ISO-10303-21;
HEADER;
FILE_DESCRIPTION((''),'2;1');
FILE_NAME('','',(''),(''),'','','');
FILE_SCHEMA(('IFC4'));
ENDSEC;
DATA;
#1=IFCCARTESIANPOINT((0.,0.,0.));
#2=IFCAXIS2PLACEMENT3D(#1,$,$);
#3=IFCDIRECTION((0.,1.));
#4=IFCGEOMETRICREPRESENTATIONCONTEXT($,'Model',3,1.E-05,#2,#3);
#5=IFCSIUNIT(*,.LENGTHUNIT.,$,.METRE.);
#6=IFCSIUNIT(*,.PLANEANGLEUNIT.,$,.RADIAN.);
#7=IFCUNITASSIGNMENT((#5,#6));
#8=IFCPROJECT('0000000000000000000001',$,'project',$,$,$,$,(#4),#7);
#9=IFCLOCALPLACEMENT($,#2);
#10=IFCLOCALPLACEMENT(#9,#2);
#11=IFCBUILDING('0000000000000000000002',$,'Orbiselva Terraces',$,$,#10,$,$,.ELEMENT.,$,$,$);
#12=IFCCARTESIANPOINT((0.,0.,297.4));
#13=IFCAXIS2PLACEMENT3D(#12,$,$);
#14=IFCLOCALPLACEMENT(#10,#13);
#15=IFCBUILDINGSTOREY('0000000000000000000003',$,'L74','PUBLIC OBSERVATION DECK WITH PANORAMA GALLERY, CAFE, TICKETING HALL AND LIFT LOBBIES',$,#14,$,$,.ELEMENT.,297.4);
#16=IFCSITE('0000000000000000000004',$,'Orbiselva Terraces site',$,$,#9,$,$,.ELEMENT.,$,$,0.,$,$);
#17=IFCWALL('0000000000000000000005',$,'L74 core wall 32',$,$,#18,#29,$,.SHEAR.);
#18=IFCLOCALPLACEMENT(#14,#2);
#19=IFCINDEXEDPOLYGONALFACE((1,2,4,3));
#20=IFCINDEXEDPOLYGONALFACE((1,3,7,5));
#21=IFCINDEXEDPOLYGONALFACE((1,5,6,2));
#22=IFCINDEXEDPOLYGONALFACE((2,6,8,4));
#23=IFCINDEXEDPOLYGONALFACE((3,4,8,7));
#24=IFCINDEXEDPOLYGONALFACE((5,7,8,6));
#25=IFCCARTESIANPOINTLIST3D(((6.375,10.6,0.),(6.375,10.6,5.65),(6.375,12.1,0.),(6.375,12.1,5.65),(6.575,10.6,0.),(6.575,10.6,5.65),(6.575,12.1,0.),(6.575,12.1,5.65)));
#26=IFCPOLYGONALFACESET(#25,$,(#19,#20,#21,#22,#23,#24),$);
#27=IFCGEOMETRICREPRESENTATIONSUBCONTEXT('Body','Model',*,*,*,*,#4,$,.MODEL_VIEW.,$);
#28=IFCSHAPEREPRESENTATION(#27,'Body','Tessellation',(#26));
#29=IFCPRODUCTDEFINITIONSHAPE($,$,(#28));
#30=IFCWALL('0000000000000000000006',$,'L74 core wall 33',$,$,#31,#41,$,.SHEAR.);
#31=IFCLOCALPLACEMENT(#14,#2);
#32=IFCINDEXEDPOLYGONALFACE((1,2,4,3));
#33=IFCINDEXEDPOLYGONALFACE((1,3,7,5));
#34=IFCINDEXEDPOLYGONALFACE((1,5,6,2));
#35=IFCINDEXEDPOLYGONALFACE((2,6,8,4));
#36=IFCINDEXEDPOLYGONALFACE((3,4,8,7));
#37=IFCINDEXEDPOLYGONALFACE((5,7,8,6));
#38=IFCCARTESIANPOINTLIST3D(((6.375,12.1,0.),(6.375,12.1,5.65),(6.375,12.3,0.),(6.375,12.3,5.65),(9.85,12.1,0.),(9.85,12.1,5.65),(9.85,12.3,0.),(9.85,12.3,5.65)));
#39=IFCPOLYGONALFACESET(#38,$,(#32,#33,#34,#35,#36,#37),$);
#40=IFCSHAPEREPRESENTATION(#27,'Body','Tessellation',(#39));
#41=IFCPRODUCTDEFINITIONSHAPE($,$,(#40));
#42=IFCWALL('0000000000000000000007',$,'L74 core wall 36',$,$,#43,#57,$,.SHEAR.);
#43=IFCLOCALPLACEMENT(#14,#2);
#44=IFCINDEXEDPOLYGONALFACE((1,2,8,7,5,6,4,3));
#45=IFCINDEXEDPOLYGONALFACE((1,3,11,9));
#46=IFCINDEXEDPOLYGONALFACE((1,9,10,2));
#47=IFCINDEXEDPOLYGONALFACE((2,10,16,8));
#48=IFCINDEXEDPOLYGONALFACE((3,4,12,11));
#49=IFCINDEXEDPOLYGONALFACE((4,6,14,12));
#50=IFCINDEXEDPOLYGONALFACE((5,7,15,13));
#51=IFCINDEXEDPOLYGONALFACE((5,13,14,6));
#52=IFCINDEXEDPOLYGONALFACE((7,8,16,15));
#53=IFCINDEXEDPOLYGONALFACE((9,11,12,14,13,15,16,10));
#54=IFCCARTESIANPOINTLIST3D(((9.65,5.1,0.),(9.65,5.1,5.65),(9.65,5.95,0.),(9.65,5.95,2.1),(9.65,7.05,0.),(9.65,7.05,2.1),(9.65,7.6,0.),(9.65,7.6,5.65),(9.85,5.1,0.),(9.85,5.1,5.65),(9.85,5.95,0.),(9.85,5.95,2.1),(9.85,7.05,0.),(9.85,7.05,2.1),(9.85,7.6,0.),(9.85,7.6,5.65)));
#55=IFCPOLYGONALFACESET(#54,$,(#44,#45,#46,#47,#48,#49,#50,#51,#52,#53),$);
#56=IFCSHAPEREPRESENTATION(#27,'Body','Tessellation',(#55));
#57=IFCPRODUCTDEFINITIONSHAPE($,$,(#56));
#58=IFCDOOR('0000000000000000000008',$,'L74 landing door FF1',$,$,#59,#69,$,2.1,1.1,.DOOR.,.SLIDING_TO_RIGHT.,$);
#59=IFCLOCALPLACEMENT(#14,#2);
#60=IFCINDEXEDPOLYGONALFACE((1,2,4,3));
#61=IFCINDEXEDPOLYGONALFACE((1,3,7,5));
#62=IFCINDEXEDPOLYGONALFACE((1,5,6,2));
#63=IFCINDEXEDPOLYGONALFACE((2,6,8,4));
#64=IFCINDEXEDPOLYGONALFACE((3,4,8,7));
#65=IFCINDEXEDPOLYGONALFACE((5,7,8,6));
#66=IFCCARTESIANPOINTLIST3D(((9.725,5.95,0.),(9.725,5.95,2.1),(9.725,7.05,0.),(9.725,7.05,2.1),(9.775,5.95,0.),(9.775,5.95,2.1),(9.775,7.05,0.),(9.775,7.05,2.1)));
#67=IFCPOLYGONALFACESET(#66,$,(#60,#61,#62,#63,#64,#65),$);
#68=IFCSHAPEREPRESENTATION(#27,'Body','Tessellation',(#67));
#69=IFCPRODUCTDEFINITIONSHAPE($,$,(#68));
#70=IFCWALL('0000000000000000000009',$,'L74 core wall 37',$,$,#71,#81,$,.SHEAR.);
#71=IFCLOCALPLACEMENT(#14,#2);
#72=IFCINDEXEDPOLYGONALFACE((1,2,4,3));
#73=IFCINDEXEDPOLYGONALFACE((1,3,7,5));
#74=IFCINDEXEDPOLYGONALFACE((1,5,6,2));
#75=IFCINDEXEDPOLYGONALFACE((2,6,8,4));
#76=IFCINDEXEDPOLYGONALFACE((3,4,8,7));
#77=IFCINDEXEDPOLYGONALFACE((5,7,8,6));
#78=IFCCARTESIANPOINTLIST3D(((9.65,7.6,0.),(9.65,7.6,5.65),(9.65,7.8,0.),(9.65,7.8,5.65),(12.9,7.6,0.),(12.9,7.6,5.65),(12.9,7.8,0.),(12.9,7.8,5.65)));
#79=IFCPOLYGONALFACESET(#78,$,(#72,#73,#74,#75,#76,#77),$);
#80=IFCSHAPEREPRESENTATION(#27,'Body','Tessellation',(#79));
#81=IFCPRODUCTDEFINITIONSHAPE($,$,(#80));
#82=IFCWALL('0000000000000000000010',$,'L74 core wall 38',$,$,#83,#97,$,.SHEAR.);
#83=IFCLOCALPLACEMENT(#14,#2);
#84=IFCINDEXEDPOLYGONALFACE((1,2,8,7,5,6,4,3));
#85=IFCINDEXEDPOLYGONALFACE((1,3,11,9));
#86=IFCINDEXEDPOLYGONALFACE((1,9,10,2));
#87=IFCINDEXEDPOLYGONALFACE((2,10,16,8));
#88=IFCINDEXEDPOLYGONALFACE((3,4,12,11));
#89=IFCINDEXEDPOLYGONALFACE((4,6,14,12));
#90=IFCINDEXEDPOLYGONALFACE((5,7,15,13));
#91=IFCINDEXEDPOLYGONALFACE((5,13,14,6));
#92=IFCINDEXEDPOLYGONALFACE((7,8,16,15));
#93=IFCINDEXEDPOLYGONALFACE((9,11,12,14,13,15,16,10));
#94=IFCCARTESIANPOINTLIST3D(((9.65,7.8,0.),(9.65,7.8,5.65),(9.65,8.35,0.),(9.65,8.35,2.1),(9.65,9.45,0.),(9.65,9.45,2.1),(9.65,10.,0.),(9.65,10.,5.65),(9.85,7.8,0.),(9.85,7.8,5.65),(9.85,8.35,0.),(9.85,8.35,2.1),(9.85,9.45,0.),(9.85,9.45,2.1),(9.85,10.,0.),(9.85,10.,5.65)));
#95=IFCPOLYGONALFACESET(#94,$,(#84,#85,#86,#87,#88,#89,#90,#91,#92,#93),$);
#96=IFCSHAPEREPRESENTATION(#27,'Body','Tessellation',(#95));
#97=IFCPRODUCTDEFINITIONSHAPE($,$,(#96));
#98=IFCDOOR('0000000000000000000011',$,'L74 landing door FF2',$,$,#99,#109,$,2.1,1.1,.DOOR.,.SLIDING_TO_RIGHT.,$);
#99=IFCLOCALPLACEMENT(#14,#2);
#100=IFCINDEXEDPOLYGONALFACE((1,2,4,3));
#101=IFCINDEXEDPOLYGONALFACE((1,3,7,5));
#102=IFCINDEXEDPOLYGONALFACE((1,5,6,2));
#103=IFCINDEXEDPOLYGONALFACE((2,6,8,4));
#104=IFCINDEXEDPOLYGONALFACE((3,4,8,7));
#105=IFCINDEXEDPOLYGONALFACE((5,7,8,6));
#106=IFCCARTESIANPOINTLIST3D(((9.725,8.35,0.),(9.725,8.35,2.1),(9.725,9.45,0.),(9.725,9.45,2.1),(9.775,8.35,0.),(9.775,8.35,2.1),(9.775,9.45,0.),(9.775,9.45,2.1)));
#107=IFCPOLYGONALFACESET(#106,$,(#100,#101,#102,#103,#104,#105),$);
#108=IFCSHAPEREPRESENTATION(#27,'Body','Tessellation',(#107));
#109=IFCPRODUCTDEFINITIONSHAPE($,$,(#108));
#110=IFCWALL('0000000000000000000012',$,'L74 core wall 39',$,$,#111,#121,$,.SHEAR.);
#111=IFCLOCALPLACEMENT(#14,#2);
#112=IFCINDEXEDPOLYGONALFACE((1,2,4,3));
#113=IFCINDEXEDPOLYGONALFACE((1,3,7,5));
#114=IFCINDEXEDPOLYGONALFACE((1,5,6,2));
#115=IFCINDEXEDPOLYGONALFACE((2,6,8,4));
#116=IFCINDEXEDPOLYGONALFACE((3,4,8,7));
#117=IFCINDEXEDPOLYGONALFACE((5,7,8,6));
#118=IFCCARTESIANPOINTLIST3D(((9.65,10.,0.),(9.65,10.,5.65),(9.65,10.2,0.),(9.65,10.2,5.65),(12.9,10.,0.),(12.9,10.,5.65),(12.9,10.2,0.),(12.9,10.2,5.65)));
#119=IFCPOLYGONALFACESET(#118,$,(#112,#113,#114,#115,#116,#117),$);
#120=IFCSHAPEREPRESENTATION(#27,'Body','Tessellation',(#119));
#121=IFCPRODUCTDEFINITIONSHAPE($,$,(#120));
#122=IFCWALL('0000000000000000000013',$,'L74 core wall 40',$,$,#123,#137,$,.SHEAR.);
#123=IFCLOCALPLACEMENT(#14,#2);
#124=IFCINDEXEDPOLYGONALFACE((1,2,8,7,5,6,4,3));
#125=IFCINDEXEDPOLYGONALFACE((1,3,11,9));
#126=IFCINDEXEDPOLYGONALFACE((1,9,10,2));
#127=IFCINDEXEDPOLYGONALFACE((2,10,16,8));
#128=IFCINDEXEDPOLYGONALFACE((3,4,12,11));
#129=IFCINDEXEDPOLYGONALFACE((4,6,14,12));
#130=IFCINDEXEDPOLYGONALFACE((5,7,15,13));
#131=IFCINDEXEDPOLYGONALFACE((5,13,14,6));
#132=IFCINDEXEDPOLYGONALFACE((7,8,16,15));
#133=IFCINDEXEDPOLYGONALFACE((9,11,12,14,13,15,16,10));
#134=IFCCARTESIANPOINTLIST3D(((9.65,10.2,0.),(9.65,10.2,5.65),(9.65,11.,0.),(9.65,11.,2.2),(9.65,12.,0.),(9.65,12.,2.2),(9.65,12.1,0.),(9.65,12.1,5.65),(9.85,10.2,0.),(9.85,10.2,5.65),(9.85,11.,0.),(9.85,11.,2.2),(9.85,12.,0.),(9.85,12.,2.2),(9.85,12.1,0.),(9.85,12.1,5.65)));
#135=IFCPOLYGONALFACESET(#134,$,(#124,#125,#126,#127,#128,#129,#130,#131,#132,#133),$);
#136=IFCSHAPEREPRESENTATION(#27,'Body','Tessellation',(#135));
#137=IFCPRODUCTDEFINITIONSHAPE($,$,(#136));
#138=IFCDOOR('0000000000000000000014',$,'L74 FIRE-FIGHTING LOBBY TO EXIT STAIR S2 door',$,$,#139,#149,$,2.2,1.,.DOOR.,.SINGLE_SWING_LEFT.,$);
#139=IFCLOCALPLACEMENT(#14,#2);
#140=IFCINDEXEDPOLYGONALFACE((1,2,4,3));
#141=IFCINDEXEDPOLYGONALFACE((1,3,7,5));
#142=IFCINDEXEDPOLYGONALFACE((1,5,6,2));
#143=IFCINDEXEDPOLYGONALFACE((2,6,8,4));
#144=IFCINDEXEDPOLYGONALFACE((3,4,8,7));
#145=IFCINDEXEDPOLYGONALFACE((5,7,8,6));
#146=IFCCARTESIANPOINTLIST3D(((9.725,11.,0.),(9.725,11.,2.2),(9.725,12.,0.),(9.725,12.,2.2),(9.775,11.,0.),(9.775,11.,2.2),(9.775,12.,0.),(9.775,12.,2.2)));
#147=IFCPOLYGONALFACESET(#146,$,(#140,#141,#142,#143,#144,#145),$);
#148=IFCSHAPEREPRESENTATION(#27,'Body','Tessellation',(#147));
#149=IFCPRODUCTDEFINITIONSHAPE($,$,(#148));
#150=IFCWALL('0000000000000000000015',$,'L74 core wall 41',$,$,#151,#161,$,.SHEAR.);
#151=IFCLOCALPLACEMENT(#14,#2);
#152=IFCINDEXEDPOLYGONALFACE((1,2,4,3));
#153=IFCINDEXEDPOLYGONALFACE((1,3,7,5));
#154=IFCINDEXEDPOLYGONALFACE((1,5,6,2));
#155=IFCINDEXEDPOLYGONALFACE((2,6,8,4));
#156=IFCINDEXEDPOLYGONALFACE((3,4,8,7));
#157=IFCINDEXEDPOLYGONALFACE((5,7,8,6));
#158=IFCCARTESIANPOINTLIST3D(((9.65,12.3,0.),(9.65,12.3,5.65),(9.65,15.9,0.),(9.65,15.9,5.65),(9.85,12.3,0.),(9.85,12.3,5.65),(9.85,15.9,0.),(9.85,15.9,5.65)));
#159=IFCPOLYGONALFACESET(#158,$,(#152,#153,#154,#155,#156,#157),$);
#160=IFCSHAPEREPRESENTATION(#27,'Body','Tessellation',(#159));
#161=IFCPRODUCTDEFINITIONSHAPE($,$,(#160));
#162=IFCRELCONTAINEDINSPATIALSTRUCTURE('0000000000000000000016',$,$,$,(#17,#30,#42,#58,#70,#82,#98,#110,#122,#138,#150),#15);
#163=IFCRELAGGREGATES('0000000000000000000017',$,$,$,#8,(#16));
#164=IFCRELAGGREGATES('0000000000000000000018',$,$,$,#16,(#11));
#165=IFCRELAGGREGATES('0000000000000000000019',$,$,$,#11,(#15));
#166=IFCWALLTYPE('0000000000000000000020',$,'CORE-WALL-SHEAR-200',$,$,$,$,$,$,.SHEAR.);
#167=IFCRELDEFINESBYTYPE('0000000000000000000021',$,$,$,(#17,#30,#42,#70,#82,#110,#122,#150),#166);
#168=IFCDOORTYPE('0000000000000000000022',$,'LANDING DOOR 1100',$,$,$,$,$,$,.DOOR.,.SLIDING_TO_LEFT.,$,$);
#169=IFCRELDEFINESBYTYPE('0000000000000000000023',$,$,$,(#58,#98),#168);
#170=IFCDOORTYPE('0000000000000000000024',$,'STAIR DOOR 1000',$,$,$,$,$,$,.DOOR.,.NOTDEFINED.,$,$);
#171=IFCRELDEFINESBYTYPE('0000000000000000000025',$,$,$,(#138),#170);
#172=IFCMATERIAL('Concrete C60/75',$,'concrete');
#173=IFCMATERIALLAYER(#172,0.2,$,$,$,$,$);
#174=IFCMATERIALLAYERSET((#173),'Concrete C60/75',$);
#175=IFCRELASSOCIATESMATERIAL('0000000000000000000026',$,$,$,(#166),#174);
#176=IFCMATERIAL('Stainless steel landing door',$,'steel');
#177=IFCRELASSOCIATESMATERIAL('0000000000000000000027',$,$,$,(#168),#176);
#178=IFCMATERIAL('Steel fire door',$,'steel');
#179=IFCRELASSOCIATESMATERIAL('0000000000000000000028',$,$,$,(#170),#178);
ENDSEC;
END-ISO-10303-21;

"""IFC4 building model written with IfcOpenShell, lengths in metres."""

from ifc_helpers import new_model, si_unit, direction, frame, frame_2d, origin, place, context, subcontext, project, spatial, rectangle, extrude, material, layer, layer_set, type_object, element, fill, save


model = new_model("IFC4")

# Units and contexts
model_context = context("Model", 3, precision=1e-05, world=origin(), true_north=direction((0.0, 1.0)))
body_context = subcontext(model_context, "Body", "Model", "MODEL_VIEW")
ifc_project = project(units=[si_unit("LENGTHUNIT", "METRE"), si_unit("PLANEANGLEUNIT", "RADIAN")], contexts=[model_context])

# Site, building, storey
site_placement = place(None, origin())
site = spatial("IfcSite", under=ifc_project, at=site_placement, Name="Orbiselva Terraces site", CompositionType="ELEMENT", RefElevation=0.0)
building_placement = place(site_placement, origin())
building = spatial("IfcBuilding", under=site, at=building_placement, Name="Orbiselva Terraces", CompositionType="ELEMENT")
storey_placement = place(building_placement, frame((0.0, 0.0, 297.4)))
storey = spatial("IfcBuildingStorey", under=building, at=storey_placement, Name="L74", Description="PUBLIC OBSERVATION DECK WITH PANORAMA GALLERY, CAFE, TICKETING HALL AND LIFT LOBBIES", CompositionType="ELEMENT", Elevation=297.4)

# Shared definitions
ifc_material_1 = material(Name="Steel fire door", Category="steel")

# Walls
ifc_material_2 = material(Name="Concrete C60/75", Category="concrete")
ifc_layer_1 = layer(ifc_material_2, 0.2)
ifc_layer_set_1 = layer_set([ifc_layer_1], Name="Concrete C60/75")
wall_type_1 = type_object("IfcWallType", Name="CORE-WALL-SHEAR-200", PredefinedType="SHEAR", material=ifc_layer_set_1)
wall_1_placement = place(storey_placement, frame((6.475, 10.6, 0.0), z_axis=(0.0, 0.0, 1.0), x_axis=(0.0, 1.0, 0.0)))
element("IfcWall", 1, at=wall_1_placement, inside=storey, type_object=wall_type_1, Name="L74 core wall 32", PredefinedType="SHEAR", context=body_context, shape_type="SweptSolid", body=[
    extrude(rectangle(XDim=1.5, YDim=0.2, at=frame_2d((0.75, 0.0))), origin(), (0.0, 0.0, 1.0), 5.65),
])
wall_2_placement = place(storey_placement, frame((6.375, 12.2, 0.0), z_axis=(0.0, 0.0, 1.0), x_axis=(1.0, 0.0, 0.0)))
element("IfcWall", 2, at=wall_2_placement, inside=storey, type_object=wall_type_1, Name="L74 core wall 33", PredefinedType="SHEAR", context=body_context, shape_type="SweptSolid", body=[
    extrude(rectangle(XDim=3.475, YDim=0.2, at=frame_2d((1.7375, 0.0))), origin(), (0.0, 0.0, 1.0), 5.65),
])

# Wall, opening, door
wall_3_placement = place(storey_placement, frame((9.75, 5.1, 0.0), z_axis=(0.0, 0.0, 1.0), x_axis=(0.0, 1.0, 0.0)))
wall_3 = element("IfcWall", 3, at=wall_3_placement, inside=storey, type_object=wall_type_1, Name="L74 core wall 36", PredefinedType="SHEAR", context=body_context, shape_type="SweptSolid", body=[
    extrude(rectangle(XDim=2.5, YDim=0.2, at=frame_2d((1.25, 0.0))), origin(), (0.0, 0.0, 1.0), 5.65),
])
opening_1_placement = place(wall_3_placement, frame((0.85, 0.0, 0.0)))
opening_1 = element("IfcOpeningElement", 4, at=opening_1_placement, cuts=wall_3, PredefinedType="OPENING", context=body_context, shape_type="SweptSolid", body=[
    extrude(rectangle(XDim=1.1, YDim=2.1, at=frame_2d((0.55, 1.05))), frame((0.0, 0.11, 0.0), z_axis=(0.0, -1.0, 0.0), x_axis=(1.0, 0.0, 0.0)), (0.0, 0.0, 1.0), 0.22),
])
ifc_material_3 = material(Name="Stainless steel landing door", Category="steel")
door_type_1 = type_object("IfcDoorType", Name="LANDING DOOR 1100", OperationType="SLIDING_TO_LEFT", PredefinedType="DOOR", material=ifc_material_3)
door_1_placement = place(opening_1_placement, origin())
door_1 = element("IfcDoor", 5, at=door_1_placement, inside=storey, type_object=door_type_1, Name="L74 landing door FF1", OperationType="SLIDING_TO_RIGHT", OverallHeight=2.1, OverallWidth=1.1, PredefinedType="DOOR", context=body_context, shape_type="SweptSolid", body=[
    extrude(rectangle(XDim=1.1, YDim=2.1, at=frame_2d((0.55, 1.05))), frame((0.0, 0.025, 0.0), z_axis=(0.0, -1.0, 0.0), x_axis=(1.0, 0.0, 0.0)), (0.0, 0.0, 1.0), 0.05),
])
fill(opening_1, door_1)

# Wall
wall_4_placement = place(storey_placement, frame((9.65, 7.7, 0.0), z_axis=(0.0, 0.0, 1.0), x_axis=(1.0, 0.0, 0.0)))
element("IfcWall", 6, at=wall_4_placement, inside=storey, type_object=wall_type_1, Name="L74 core wall 37", PredefinedType="SHEAR", context=body_context, shape_type="SweptSolid", body=[
    extrude(rectangle(XDim=3.25, YDim=0.2, at=frame_2d((1.625, 0.0))), origin(), (0.0, 0.0, 1.0), 5.65),
])

# Wall, opening, door
wall_5_placement = place(storey_placement, frame((9.75, 7.8, 0.0), z_axis=(0.0, 0.0, 1.0), x_axis=(0.0, 1.0, 0.0)))
wall_5 = element("IfcWall", 7, at=wall_5_placement, inside=storey, type_object=wall_type_1, Name="L74 core wall 38", PredefinedType="SHEAR", context=body_context, shape_type="SweptSolid", body=[
    extrude(rectangle(XDim=2.2, YDim=0.2, at=frame_2d((1.1, 0.0))), origin(), (0.0, 0.0, 1.0), 5.65),
])
opening_2_placement = place(wall_5_placement, frame((0.55, 0.0, 0.0)))
opening_2 = element("IfcOpeningElement", 8, at=opening_2_placement, cuts=wall_5, PredefinedType="OPENING", context=body_context, shape_type="SweptSolid", body=[
    extrude(rectangle(XDim=1.1, YDim=2.1, at=frame_2d((0.55, 1.05))), frame((0.0, 0.11, 0.0), z_axis=(0.0, -1.0, 0.0), x_axis=(1.0, 0.0, 0.0)), (0.0, 0.0, 1.0), 0.22),
])
door_2_placement = place(opening_2_placement, origin())
door_2 = element("IfcDoor", 9, at=door_2_placement, inside=storey, type_object=door_type_1, Name="L74 landing door FF2", OperationType="SLIDING_TO_RIGHT", OverallHeight=2.1, OverallWidth=1.1, PredefinedType="DOOR", context=body_context, shape_type="SweptSolid", body=[
    extrude(rectangle(XDim=1.1, YDim=2.1, at=frame_2d((0.55, 1.05))), frame((0.0, 0.025, 0.0), z_axis=(0.0, -1.0, 0.0), x_axis=(1.0, 0.0, 0.0)), (0.0, 0.0, 1.0), 0.05),
])
fill(opening_2, door_2)

# Wall
wall_6_placement = place(storey_placement, frame((9.65, 10.1, 0.0), z_axis=(0.0, 0.0, 1.0), x_axis=(1.0, 0.0, 0.0)))
element("IfcWall", 10, at=wall_6_placement, inside=storey, type_object=wall_type_1, Name="L74 core wall 39", PredefinedType="SHEAR", context=body_context, shape_type="SweptSolid", body=[
    extrude(rectangle(XDim=3.25, YDim=0.2, at=frame_2d((1.625, 0.0))), origin(), (0.0, 0.0, 1.0), 5.65),
])

# Wall, opening, door
wall_7_placement = place(storey_placement, frame((9.75, 12.1, 0.0), z_axis=(0.0, 0.0, 1.0), x_axis=(0.0, -1.0, 0.0)))
wall_7 = element("IfcWall", 11, at=wall_7_placement, inside=storey, type_object=wall_type_1, Name="L74 core wall 40", PredefinedType="SHEAR", context=body_context, shape_type="SweptSolid", body=[
    extrude(rectangle(XDim=1.9, YDim=0.2, at=frame_2d((0.95, 0.0))), origin(), (0.0, 0.0, 1.0), 5.65),
])
opening_3_placement = place(wall_7_placement, frame((0.1, 0.0, 0.0)))
opening_3 = element("IfcOpeningElement", 12, at=opening_3_placement, cuts=wall_7, PredefinedType="OPENING", context=body_context, shape_type="SweptSolid", body=[
    extrude(rectangle(XDim=1.0, YDim=2.2, at=frame_2d((0.5, 1.1))), frame((0.0, 0.11, 0.0), z_axis=(0.0, -1.0, 0.0), x_axis=(1.0, 0.0, 0.0)), (0.0, 0.0, 1.0), 0.22),
])
door_type_2 = type_object("IfcDoorType", Name="STAIR DOOR 1000", OperationType="NOTDEFINED", PredefinedType="DOOR", material=ifc_material_1)
door_3_placement = place(opening_3_placement, origin())
door_3 = element("IfcDoor", 13, at=door_3_placement, inside=storey, type_object=door_type_2, Name="L74 FIRE-FIGHTING LOBBY TO EXIT STAIR S2 door", OperationType="SINGLE_SWING_LEFT", OverallHeight=2.2, OverallWidth=1.0, PredefinedType="DOOR", context=body_context, shape_type="SweptSolid", body=[
    extrude(rectangle(XDim=1.0, YDim=2.2, at=frame_2d((0.5, 1.1))), frame((0.0, 0.025, 0.0), z_axis=(0.0, -1.0, 0.0), x_axis=(1.0, 0.0, 0.0)), (0.0, 0.0, 1.0), 0.05),
])
fill(opening_3, door_3)

# Wall
wall_8_placement = place(storey_placement, frame((9.75, 12.3, 0.0), z_axis=(0.0, 0.0, 1.0), x_axis=(0.0, 1.0, 0.0)))
element("IfcWall", 14, at=wall_8_placement, inside=storey, type_object=wall_type_1, Name="L74 core wall 41", PredefinedType="SHEAR", context=body_context, shape_type="SweptSolid", body=[
    extrude(rectangle(XDim=3.6, YDim=0.2, at=frame_2d((1.8, 0.0))), origin(), (0.0, 0.0, 1.0), 5.65),
])

save(model, "model.ifc")
